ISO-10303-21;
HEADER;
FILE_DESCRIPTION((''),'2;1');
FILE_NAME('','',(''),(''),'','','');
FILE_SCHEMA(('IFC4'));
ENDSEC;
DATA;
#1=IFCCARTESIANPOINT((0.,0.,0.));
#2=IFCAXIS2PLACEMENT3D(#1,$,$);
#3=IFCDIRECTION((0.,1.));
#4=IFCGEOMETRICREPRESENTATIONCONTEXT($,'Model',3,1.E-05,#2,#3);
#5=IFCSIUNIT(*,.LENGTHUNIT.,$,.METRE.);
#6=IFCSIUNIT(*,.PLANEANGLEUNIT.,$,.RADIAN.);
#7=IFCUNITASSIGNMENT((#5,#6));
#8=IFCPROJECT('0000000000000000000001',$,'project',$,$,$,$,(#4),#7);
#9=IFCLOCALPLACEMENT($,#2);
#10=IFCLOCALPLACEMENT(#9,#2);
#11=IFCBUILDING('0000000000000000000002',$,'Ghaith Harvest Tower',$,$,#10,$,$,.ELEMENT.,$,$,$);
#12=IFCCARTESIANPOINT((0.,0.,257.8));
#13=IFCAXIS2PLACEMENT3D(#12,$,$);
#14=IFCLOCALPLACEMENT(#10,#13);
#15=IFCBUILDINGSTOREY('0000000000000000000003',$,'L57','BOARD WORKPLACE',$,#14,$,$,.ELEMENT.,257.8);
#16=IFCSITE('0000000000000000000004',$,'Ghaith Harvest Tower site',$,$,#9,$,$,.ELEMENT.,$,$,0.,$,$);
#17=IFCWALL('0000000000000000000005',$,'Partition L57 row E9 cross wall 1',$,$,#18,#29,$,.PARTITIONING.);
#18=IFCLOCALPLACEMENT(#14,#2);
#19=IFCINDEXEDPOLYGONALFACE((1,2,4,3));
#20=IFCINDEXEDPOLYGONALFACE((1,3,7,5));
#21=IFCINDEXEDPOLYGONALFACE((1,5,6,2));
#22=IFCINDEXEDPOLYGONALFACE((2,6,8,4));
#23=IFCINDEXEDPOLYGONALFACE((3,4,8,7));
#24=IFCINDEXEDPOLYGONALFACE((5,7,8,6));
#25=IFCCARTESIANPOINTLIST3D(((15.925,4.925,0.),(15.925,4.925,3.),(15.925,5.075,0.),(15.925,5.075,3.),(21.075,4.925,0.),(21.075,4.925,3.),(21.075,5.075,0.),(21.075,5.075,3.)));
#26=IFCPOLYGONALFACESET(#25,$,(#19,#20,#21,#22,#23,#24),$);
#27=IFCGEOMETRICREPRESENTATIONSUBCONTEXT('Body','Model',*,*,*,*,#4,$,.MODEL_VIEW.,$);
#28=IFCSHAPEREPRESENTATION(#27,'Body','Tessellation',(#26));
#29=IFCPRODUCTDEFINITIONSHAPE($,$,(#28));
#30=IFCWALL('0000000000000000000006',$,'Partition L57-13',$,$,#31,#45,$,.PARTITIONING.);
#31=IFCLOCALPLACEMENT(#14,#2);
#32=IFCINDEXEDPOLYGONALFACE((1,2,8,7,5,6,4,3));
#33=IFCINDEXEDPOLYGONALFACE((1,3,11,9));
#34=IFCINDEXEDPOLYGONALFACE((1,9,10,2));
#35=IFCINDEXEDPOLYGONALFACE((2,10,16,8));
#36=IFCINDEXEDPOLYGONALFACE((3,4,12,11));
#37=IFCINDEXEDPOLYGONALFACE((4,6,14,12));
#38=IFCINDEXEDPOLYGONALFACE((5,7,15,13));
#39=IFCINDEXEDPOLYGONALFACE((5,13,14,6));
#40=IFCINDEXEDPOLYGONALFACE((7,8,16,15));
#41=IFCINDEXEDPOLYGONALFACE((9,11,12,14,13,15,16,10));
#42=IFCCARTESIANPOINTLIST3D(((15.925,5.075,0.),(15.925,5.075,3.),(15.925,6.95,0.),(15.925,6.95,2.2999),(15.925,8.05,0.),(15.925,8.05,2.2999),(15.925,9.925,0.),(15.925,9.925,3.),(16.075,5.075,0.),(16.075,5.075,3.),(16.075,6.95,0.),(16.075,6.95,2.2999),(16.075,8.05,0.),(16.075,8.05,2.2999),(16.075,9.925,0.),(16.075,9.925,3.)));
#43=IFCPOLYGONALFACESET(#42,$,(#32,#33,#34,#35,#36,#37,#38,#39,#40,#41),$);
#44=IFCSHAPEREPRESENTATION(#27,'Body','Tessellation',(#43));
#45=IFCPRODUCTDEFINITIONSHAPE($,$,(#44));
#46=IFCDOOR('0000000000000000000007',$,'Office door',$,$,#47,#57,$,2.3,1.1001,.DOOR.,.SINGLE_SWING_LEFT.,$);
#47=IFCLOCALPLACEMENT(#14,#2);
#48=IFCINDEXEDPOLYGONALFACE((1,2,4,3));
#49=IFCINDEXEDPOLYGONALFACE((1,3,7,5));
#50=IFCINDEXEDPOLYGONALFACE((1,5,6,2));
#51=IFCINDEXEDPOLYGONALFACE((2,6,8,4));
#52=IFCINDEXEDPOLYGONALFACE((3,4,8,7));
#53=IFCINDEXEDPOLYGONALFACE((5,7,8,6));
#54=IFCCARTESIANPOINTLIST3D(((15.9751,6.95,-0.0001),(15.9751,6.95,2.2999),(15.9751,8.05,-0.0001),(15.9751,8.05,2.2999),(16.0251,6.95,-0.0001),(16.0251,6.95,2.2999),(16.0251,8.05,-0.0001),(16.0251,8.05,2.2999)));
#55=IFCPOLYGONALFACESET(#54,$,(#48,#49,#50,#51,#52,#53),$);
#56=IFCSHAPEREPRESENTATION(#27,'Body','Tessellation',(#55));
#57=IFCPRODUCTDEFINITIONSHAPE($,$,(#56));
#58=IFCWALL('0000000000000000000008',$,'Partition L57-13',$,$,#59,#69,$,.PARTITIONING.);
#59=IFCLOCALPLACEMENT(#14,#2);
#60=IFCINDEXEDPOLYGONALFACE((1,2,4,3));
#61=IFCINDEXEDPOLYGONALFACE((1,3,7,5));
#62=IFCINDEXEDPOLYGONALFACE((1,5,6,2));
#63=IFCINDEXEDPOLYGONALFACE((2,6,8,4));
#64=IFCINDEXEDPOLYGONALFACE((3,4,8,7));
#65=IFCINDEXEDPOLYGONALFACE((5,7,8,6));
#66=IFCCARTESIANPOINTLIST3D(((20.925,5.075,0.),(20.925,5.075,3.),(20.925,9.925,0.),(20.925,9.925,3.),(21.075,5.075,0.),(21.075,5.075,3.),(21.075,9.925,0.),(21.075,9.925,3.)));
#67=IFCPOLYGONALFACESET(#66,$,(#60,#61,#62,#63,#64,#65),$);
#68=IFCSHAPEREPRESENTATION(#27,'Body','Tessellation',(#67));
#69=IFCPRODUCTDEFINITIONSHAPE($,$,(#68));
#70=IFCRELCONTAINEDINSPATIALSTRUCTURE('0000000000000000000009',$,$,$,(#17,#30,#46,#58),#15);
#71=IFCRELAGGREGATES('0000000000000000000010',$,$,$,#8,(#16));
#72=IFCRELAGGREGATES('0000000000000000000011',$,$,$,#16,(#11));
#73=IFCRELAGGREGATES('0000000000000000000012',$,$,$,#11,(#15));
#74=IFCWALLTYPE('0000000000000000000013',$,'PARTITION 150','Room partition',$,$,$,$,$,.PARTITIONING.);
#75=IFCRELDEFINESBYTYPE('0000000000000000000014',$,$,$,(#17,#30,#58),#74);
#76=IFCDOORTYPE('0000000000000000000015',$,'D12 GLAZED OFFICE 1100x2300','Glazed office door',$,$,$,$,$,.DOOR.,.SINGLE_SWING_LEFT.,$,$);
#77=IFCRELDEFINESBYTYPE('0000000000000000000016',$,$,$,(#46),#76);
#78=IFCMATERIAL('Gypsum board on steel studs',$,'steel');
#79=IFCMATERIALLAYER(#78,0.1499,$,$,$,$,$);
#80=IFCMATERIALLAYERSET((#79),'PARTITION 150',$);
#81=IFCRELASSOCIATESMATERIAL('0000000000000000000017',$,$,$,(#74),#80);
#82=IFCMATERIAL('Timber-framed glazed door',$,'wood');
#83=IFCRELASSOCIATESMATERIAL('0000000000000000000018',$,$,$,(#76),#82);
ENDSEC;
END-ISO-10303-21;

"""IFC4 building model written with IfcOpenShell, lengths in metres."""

from ifc_helpers import new_model, si_unit, direction, frame, frame_2d, origin, place, context, subcontext, project, spatial, rectangle, extrude, material, layer, layer_set, type_object, element, fill, save


model = new_model("IFC4")

# Units and contexts
model_context = context("Model", 3, precision=1e-05, world=origin(), true_north=direction((0.0, 1.0)))
body_context = subcontext(model_context, "Body", "Model", "MODEL_VIEW")
ifc_project = project(units=[si_unit("LENGTHUNIT", "METRE"), si_unit("PLANEANGLEUNIT", "RADIAN")], contexts=[model_context])

# Site, building, storey
site_placement = place(None, origin())
site = spatial("IfcSite", under=ifc_project, at=site_placement, Name="Ghaith Harvest Tower site", CompositionType="ELEMENT", RefElevation=0.0)
building_placement = place(site_placement, origin())
building = spatial("IfcBuilding", under=site, at=building_placement, Name="Ghaith Harvest Tower", CompositionType="ELEMENT")
storey_placement = place(building_placement, frame((0.0, 0.0, 257.8)))
storey = spatial("IfcBuildingStorey", under=building, at=storey_placement, Name="L57", Description="BOARD WORKPLACE", CompositionType="ELEMENT", Elevation=257.8)

# Wall
ifc_material_1 = material(Name="Gypsum board on steel studs", Category="steel")
ifc_layer_1 = layer(ifc_material_1, 0.1499)
ifc_layer_set_1 = layer_set([ifc_layer_1], Name="PARTITION 150")
wall_type_1 = type_object("IfcWallType", Name="PARTITION 150", Description="Room partition", PredefinedType="PARTITIONING", material=ifc_layer_set_1)
wall_1_placement = place(storey_placement, frame((15.925, 5.0, 0.0), z_axis=(0.0, 0.0, 1.0), x_axis=(1.0, 0.0, 0.0)))
element("IfcWall", 1, at=wall_1_placement, inside=storey, type_object=wall_type_1, Name="Partition L57 row E9 cross wall 1", PredefinedType="PARTITIONING", context=body_context, shape_type="SweptSolid", body=[
    extrude(rectangle(XDim=5.1499, YDim=0.1499, at=frame_2d((2.575, 0.0))), origin(), (0.0, 0.0, 1.0), 3.0),
])

# Wall, opening, door
wall_2_placement = place(storey_placement, frame((16.0, 5.075, 0.0), z_axis=(0.0, 0.0, 1.0), x_axis=(0.0, 1.0, 0.0)))
wall_2 = element("IfcWall", 2, at=wall_2_placement, inside=storey, type_object=wall_type_1, Name="Partition L57-13", PredefinedType="PARTITIONING", context=body_context, shape_type="SweptSolid", body=[
    extrude(rectangle(XDim=4.8501, YDim=0.1499, at=frame_2d((2.425, 0.0))), origin(), (0.0, 0.0, 1.0), 3.0),
])
opening_placement = place(wall_2_placement, frame((1.875, 0.0, 0.0)))
opening = element("IfcOpeningElement", 3, at=opening_placement, cuts=wall_2, PredefinedType="OPENING", context=body_context, shape_type="SweptSolid", body=[
    extrude(rectangle(XDim=1.1001, YDim=2.3, at=frame_2d((0.55, 1.1499))), frame((0.0, 0.085, 0.0), z_axis=(0.0, -1.0, 0.0), x_axis=(1.0, 0.0, 0.0)), (0.0, 0.0, 1.0), 0.1699),
])
ifc_material_2 = material(Name="Timber-framed glazed door", Category="wood")
door_type = type_object("IfcDoorType", Name="D12 GLAZED OFFICE 1100x2300", Description="Glazed office door", OperationType="SINGLE_SWING_LEFT", PredefinedType="DOOR", material=ifc_material_2)
door_placement = place(opening_placement, origin())
door = element("IfcDoor", 4, at=door_placement, inside=storey, type_object=door_type, Name="Office door", OperationType="SINGLE_SWING_LEFT", OverallHeight=2.3, OverallWidth=1.1001, PredefinedType="DOOR", context=body_context, shape_type="SweptSolid", body=[
    extrude(rectangle(XDim=1.1001, YDim=2.3, at=frame_2d((0.55, 1.1499))), frame((0.0, 0.0249, 0.0), z_axis=(0.0, -1.0, 0.0), x_axis=(1.0, 0.0, 0.0)), (0.0, 0.0, 1.0), 0.05),
])
fill(opening, door)

# Wall
wall_3_placement = place(storey_placement, frame((21.0, 5.075, 0.0), z_axis=(0.0, 0.0, 1.0), x_axis=(0.0, 1.0, 0.0)))
element("IfcWall", 5, at=wall_3_placement, inside=storey, type_object=wall_type_1, Name="Partition L57-13", PredefinedType="PARTITIONING", context=body_context, shape_type="SweptSolid", body=[
    extrude(rectangle(XDim=4.8501, YDim=0.1499, at=frame_2d((2.425, 0.0))), origin(), (0.0, 0.0, 1.0), 3.0),
])

save(model, "model.ifc")
